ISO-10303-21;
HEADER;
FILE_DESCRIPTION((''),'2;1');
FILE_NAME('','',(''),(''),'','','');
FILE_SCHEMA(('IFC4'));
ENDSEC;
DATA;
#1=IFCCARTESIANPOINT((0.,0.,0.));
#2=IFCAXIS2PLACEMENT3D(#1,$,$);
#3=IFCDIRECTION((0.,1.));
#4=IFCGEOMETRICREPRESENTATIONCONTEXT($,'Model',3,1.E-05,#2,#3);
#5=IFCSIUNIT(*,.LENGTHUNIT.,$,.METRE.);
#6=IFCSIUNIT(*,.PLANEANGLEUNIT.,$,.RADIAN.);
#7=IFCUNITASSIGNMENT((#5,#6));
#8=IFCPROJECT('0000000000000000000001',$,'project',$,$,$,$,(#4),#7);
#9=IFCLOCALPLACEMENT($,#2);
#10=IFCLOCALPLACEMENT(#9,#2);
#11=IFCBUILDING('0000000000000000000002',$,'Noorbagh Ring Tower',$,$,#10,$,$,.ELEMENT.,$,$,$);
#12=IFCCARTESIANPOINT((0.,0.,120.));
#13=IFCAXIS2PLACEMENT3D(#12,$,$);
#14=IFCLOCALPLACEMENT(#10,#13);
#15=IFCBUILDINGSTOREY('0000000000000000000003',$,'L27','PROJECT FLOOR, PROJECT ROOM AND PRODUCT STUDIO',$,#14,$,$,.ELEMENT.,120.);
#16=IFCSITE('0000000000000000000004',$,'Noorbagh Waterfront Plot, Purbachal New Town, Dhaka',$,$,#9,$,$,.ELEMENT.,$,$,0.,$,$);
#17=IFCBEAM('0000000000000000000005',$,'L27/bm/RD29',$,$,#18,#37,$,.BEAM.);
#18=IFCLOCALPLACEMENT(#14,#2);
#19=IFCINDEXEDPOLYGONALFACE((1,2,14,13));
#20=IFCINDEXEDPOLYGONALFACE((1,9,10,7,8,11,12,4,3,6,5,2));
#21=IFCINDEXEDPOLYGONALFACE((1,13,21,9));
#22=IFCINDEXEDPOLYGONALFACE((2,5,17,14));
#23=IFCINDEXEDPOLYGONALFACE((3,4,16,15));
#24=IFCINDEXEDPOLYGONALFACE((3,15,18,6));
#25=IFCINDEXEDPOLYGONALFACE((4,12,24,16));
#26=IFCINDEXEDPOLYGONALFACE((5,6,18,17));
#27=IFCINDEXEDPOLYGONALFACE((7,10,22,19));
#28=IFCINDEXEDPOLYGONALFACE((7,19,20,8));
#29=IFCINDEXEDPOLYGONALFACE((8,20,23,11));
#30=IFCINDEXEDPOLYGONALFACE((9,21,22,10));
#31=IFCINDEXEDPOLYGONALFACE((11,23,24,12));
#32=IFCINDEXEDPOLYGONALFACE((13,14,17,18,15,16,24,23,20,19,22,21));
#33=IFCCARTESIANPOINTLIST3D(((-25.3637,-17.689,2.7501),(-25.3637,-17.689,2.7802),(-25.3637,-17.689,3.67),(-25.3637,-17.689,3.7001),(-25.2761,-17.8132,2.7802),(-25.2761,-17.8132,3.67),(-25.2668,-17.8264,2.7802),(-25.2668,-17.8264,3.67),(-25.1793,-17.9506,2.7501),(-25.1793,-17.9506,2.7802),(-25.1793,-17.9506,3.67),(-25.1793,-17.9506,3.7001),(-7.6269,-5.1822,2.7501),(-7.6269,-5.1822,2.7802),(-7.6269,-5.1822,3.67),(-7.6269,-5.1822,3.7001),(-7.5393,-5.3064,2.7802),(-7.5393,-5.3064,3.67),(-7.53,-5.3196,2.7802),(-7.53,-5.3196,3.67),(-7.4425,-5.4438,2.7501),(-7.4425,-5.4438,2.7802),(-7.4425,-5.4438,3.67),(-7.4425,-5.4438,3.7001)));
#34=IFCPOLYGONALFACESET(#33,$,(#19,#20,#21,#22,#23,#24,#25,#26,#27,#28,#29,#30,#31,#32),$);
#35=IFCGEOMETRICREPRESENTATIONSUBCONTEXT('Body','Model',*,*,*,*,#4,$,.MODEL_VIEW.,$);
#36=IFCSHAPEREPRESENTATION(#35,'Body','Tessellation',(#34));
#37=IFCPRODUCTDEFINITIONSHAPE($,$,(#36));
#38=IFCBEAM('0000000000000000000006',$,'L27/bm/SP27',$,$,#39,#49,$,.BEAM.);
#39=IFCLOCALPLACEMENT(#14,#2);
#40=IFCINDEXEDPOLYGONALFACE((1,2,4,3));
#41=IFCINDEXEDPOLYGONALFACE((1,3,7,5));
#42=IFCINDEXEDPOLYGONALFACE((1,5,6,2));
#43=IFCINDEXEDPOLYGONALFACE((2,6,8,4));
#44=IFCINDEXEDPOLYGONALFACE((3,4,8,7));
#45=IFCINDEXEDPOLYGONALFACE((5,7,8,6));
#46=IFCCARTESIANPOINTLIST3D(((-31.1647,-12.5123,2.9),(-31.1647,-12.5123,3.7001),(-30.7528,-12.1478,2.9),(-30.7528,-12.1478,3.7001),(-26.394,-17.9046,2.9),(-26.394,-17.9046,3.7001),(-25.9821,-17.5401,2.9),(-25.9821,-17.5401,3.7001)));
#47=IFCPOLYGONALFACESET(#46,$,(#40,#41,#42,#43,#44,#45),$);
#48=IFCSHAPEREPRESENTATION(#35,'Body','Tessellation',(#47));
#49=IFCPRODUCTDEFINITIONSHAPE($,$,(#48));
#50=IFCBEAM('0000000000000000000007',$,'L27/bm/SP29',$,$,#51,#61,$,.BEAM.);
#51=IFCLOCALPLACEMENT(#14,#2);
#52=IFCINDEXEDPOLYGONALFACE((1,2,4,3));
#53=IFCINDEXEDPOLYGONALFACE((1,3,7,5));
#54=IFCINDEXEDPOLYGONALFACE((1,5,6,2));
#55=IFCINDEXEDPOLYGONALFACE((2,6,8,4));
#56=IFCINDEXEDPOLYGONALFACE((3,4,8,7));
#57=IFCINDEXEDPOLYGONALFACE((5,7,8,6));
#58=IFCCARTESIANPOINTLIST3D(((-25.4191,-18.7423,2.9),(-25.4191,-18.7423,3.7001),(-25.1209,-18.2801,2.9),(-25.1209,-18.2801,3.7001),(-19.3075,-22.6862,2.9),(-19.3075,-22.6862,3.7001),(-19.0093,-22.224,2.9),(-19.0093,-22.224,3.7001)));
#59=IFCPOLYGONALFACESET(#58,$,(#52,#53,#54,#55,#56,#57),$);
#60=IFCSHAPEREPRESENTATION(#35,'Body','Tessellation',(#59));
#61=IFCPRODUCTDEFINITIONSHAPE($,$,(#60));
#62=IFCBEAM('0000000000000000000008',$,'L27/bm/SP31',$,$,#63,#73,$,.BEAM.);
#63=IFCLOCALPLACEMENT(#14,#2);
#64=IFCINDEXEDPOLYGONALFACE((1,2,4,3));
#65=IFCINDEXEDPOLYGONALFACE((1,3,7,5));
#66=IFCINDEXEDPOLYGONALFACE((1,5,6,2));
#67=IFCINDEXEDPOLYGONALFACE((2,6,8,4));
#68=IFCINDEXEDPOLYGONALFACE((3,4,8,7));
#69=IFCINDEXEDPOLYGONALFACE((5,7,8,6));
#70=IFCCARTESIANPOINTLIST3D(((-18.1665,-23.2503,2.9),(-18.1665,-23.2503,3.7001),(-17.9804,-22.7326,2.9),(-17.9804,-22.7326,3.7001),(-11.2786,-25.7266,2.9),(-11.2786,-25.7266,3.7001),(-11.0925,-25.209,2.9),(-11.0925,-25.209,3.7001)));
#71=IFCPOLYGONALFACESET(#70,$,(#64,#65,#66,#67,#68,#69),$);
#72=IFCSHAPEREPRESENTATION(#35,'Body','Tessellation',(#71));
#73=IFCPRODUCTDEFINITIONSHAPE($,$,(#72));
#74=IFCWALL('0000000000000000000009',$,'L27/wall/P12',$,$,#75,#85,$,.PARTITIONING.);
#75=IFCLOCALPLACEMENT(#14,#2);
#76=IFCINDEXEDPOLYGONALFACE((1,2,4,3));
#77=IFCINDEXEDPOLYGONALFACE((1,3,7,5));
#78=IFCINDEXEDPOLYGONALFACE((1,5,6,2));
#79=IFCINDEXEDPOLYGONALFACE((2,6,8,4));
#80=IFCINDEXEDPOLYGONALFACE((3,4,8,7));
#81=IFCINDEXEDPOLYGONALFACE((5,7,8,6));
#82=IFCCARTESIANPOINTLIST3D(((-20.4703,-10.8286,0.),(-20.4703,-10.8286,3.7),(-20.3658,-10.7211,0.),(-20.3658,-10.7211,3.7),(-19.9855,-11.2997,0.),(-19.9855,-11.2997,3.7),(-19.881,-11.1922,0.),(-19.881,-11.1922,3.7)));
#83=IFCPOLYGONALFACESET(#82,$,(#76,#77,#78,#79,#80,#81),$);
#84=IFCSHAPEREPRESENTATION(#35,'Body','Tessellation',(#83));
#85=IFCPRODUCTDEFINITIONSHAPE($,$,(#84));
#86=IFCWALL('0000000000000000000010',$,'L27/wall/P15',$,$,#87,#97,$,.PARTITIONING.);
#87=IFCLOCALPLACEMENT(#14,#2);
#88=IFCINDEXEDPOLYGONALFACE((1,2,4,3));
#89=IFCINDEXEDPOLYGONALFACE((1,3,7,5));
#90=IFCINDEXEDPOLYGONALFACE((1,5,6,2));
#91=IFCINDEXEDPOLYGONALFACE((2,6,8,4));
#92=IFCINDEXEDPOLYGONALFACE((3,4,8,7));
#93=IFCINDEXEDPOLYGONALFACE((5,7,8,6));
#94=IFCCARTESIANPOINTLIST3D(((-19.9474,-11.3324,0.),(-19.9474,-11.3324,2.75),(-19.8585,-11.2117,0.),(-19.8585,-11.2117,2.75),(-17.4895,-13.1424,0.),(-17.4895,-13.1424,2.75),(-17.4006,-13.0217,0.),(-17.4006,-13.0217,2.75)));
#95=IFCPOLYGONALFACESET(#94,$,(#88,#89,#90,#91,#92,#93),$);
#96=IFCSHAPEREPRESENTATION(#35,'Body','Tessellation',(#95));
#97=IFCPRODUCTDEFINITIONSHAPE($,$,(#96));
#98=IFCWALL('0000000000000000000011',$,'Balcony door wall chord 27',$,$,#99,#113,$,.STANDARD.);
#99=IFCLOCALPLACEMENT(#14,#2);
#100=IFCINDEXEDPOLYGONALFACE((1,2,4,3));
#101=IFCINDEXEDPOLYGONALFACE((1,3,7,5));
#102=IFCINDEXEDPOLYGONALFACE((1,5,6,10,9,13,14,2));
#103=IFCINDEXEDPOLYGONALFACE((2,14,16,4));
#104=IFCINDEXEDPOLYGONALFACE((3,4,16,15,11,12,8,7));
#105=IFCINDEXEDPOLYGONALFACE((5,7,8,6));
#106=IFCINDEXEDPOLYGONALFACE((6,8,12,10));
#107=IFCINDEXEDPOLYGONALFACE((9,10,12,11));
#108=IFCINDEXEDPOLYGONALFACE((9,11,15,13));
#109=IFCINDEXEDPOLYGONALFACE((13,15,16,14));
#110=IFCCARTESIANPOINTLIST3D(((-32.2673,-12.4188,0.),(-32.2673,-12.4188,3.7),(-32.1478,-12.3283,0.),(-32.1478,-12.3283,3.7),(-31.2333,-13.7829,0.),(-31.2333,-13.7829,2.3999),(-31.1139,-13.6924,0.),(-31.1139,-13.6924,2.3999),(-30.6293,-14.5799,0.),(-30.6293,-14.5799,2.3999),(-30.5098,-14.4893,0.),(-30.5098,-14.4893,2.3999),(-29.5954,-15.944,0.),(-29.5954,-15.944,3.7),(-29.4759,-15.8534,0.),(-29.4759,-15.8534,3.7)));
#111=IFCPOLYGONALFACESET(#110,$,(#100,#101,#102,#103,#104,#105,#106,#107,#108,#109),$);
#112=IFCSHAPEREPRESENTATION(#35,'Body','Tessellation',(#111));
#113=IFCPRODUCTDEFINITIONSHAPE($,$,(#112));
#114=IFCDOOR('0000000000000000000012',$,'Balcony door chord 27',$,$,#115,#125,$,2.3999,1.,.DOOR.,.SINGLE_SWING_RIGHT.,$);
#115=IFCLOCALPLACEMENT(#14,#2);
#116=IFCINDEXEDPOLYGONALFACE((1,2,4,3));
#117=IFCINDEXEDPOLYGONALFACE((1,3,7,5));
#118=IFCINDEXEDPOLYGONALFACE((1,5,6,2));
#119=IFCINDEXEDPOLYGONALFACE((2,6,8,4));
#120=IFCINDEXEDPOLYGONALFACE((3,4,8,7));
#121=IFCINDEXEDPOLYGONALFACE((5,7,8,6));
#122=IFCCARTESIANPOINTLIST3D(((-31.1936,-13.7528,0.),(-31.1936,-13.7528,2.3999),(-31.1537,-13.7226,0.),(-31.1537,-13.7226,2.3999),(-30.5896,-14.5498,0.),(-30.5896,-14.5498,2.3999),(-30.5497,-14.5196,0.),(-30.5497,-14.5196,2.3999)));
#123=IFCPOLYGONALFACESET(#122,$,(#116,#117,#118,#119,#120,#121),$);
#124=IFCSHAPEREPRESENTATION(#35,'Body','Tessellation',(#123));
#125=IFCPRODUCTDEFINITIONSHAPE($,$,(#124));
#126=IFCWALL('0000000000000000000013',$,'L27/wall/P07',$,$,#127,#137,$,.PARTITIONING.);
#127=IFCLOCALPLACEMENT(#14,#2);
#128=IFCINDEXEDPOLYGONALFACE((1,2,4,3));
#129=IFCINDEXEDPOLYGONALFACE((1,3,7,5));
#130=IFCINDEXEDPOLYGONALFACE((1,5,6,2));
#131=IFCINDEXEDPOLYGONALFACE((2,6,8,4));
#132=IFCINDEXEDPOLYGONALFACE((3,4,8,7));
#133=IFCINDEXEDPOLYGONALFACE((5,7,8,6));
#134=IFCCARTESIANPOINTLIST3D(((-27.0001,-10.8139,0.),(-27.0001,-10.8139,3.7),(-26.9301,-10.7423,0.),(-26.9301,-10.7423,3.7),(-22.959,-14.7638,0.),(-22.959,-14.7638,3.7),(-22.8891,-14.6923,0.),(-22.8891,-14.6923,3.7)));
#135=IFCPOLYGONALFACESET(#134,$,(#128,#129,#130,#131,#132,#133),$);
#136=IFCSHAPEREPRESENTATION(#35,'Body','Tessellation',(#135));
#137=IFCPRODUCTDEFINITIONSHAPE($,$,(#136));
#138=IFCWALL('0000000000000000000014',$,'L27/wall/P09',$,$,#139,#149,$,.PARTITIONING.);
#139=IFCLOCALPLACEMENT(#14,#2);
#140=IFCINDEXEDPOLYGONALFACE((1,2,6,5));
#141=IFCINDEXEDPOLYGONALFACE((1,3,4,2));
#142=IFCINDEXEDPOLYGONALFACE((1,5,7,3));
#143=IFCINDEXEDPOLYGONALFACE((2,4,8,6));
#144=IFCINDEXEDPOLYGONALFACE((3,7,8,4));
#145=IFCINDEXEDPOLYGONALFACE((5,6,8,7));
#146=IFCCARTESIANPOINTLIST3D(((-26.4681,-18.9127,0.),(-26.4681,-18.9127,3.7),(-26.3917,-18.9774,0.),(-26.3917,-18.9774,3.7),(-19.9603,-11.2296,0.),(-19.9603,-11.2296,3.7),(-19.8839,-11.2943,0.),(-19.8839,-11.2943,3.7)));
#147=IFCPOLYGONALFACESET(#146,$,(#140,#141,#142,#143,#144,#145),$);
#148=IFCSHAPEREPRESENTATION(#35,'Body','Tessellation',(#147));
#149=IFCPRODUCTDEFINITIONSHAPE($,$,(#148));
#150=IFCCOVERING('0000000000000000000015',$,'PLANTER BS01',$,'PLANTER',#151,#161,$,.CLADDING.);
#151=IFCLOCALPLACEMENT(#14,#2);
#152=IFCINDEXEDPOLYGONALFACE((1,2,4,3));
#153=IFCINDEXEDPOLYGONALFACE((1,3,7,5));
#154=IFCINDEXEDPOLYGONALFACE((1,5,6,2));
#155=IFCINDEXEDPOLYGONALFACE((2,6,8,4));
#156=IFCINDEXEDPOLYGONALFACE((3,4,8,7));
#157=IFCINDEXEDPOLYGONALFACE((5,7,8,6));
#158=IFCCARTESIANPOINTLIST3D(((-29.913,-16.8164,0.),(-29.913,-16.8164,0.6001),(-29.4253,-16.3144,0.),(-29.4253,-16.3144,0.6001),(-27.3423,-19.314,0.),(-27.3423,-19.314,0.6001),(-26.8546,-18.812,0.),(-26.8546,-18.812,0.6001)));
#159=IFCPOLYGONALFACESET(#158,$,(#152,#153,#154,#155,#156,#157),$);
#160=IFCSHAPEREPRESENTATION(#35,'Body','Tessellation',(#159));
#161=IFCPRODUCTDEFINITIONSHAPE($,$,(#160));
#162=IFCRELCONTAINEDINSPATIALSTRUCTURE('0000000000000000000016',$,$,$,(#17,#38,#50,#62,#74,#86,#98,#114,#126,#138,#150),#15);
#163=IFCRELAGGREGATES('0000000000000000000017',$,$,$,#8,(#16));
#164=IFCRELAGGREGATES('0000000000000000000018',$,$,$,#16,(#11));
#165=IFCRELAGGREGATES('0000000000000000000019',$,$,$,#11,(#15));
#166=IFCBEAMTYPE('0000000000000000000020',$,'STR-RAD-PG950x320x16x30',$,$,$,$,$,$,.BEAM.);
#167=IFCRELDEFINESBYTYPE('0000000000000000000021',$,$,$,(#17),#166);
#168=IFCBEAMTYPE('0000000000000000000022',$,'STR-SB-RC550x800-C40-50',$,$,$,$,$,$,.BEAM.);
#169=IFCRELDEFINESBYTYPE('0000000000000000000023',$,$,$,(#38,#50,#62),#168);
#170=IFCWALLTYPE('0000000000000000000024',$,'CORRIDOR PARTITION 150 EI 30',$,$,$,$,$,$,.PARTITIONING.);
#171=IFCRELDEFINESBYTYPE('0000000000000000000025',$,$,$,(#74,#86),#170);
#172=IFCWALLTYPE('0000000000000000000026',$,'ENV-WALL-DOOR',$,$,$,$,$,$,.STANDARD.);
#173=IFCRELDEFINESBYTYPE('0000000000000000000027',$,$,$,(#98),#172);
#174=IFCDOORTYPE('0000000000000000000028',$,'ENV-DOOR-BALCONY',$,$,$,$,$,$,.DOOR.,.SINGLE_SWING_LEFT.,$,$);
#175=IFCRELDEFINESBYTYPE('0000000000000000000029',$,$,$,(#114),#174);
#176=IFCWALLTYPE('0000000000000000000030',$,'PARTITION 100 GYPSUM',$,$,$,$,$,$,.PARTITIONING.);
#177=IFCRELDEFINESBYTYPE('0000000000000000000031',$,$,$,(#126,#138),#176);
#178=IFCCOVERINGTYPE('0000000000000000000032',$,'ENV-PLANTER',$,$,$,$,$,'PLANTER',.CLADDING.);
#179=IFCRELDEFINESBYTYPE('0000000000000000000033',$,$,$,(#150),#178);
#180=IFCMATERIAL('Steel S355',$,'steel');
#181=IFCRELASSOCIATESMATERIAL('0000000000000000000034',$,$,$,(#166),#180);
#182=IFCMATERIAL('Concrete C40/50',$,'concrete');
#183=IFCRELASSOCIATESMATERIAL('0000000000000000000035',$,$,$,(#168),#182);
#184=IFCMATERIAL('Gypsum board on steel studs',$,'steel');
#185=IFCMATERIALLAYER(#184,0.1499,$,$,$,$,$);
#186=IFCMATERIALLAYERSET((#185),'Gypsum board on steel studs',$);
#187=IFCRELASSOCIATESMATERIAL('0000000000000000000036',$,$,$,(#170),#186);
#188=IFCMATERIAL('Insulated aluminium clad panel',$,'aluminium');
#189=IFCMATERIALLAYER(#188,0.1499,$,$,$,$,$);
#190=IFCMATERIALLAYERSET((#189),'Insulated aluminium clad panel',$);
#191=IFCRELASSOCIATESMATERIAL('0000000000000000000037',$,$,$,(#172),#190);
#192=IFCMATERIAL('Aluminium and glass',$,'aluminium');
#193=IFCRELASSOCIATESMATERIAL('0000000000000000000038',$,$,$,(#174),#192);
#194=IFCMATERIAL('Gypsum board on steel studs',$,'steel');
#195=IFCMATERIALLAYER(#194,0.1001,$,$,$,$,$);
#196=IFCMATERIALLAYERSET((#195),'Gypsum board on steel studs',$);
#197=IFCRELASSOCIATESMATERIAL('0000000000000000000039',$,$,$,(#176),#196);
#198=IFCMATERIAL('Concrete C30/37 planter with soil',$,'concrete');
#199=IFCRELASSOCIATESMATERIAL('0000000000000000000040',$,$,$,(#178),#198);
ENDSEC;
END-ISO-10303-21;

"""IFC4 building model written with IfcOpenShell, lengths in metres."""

from ifc_helpers import new_model, si_unit, direction, frame, frame_2d, origin, origin_2d, place, context, subcontext, project, spatial, rectangle, i_section, extrude, material, layer, layer_set, material_profile, profile_set, type_object, element, fill, save


model = new_model("IFC4")

# Units and contexts
model_context = context("Model", 3, precision=1e-05, world=origin(), true_north=direction((0.0, 1.0)))
body_context = subcontext(model_context, "Body", "Model", "MODEL_VIEW")
ifc_project = project(units=[si_unit("LENGTHUNIT", "METRE"), si_unit("PLANEANGLEUNIT", "RADIAN")], contexts=[model_context])

# Site, building, storey
site_placement = place(None, origin())
site = spatial("IfcSite", under=ifc_project, at=site_placement, Name="Noorbagh Waterfront Plot, Purbachal New Town, Dhaka", CompositionType="ELEMENT", RefElevation=0.0)
building_placement = place(site_placement, origin())
building = spatial("IfcBuilding", under=site, at=building_placement, Name="Noorbagh Ring Tower", CompositionType="ELEMENT")
storey_placement = place(building_placement, frame((0.0, 0.0, 120.0)))
storey = spatial("IfcBuildingStorey", under=building, at=storey_placement, Name="L27", Description="PROJECT FLOOR, PROJECT ROOM AND PRODUCT STUDIO", CompositionType="ELEMENT", Elevation=120.0)

# Beams
ifc_material_1 = material(Name="Steel S355", Category="steel")
ifc_material_profile_1 = material_profile(ifc_material_1, i_section(OverallWidth=0.3201, OverallDepth=0.95, WebThickness=0.0161, FlangeThickness=0.03, at=origin_2d()), Name="PG950x320x16x30")
ifc_profile_set_1 = profile_set([ifc_material_profile_1], Name="Steel S355")
beam_type_1 = type_object("IfcBeamType", Name="STR-RAD-PG950x320x16x30", PredefinedType="BEAM", material=ifc_profile_set_1)
beam_1_placement = place(storey_placement, frame((-25.2715, -17.8198, 3.2251), z_axis=(0.817256, 0.576275, 0.0), x_axis=(-0.576275, 0.817256, 0.0)))
element("IfcBeam", 1, at=beam_1_placement, inside=storey, type_object=beam_type_1, Name="L27/bm/RD29", PredefinedType="BEAM", context=body_context, shape_type="SweptSolid", body=[
    extrude(i_section(OverallWidth=0.3201, OverallDepth=0.95, WebThickness=0.0161, FlangeThickness=0.03, at=origin_2d()), origin(), (0.0, 0.0, 1.0), 21.7029),
])
ifc_material_2 = material(Name="Concrete C40/50", Category="concrete")
ifc_material_profile_2 = material_profile(ifc_material_2, rectangle(XDim=0.55, YDim=0.8, at=origin_2d()), Name="RC550x800")
ifc_profile_set_2 = profile_set([ifc_material_profile_2], Name="Concrete C40/50")
beam_type_2 = type_object("IfcBeamType", Name="STR-SB-RC550x800-C40-50", PredefinedType="BEAM", material=ifc_profile_set_2)
beam_2_placement = place(storey_placement, frame((-30.9587, -12.3301, 3.3), z_axis=(0.662621, -0.748954, 0.0), x_axis=(0.748954, 0.662621, 0.0)))
element("IfcBeam", 2, at=beam_2_placement, inside=storey, type_object=beam_type_2, Name="L27/bm/SP27", PredefinedType="BEAM", context=body_context, shape_type="SweptSolid", body=[
    extrude(rectangle(XDim=0.55, YDim=0.8, at=origin_2d()), origin(), (0.0, 0.0, 1.0), 7.1997),
])
beam_3_placement = place(storey_placement, frame((-25.27, -18.5112, 3.3), z_axis=(0.84024, -0.542214, 0.0), x_axis=(0.542214, 0.84024, 0.0)))
element("IfcBeam", 3, at=beam_3_placement, inside=storey, type_object=beam_type_2, Name="L27/bm/SP29", PredefinedType="BEAM", context=body_context, shape_type="SweptSolid", body=[
    extrude(rectangle(XDim=0.55, YDim=0.8, at=origin_2d()), origin(), (0.0, 0.0, 1.0), 7.2737),
])
beam_4_placement = place(storey_placement, frame((-18.0735, -22.9915, 3.3), z_axis=(0.941033, -0.338315, 0.0), x_axis=(0.338315, 0.941033, 0.0)))
element("IfcBeam", 4, at=beam_4_placement, inside=storey, type_object=beam_type_2, Name="L27/bm/SP31", PredefinedType="BEAM", context=body_context, shape_type="SweptSolid", body=[
    extrude(rectangle(XDim=0.55, YDim=0.8, at=origin_2d()), origin(), (0.0, 0.0, 1.0), 7.3196),
])

# Walls
ifc_material_3 = material(Name="Gypsum board on steel studs", Category="steel")
ifc_layer_1 = layer(ifc_material_3, 0.1499)
ifc_layer_set_1 = layer_set([ifc_layer_1], Name="Gypsum board on steel studs")
wall_type_1 = type_object("IfcWallType", Name="CORRIDOR PARTITION 150 EI 30", PredefinedType="PARTITIONING", material=ifc_layer_set_1)
wall_1_placement = place(storey_placement, frame((-20.418, -10.7749, 0.0), z_axis=(0.0, 0.0, 1.0), x_axis=(0.717145, -0.696924, 0.0)))
element("IfcWall", 5, at=wall_1_placement, inside=storey, type_object=wall_type_1, Name="L27/wall/P12", PredefinedType="PARTITIONING", context=body_context, shape_type="SweptSolid", body=[
    extrude(rectangle(XDim=0.676, YDim=0.1499, at=frame_2d((0.3379, 0.0))), origin(), (0.0, 0.0, 1.0), 3.7),
])
wall_2_placement = place(storey_placement, frame((-19.9031, -11.272, 0.0), z_axis=(0.0, 0.0, 1.0), x_axis=(0.805229, -0.592964, 0.0)))
element("IfcWall", 6, at=wall_2_placement, inside=storey, type_object=wall_type_1, Name="L27/wall/P15", PredefinedType="PARTITIONING", context=body_context, shape_type="SweptSolid", body=[
    extrude(rectangle(XDim=3.0525, YDim=0.1499, at=frame_2d((1.5264, 0.0))), origin(), (0.0, 0.0, 1.0), 2.75),
])

# Wall, opening, door
ifc_material_4 = material(Name="Insulated aluminium clad panel", Category="aluminium")
ifc_layer_2 = layer(ifc_material_4, 0.1499)
ifc_layer_set_2 = layer_set([ifc_layer_2], Name="Insulated aluminium clad panel")
wall_type_2 = type_object("IfcWallType", Name="ENV-WALL-DOOR", PredefinedType="STANDARD", material=ifc_layer_set_2)
wall_3_placement = place(storey_placement, frame((-32.2075, -12.3735, 0.0), z_axis=(0.0, 0.0, 1.0), x_axis=(0.604046, -0.79695, 0.0)))
wall_3 = element("IfcWall", 7, at=wall_3_placement, inside=storey, type_object=wall_type_2, Name="Balcony door wall chord 27", PredefinedType="STANDARD", context=body_context, shape_type="SweptSolid", body=[
    extrude(rectangle(XDim=4.4233, YDim=0.1499, at=frame_2d((2.2117, 0.0))), origin(), (0.0, 0.0, 1.0), 3.7),
])
opening_placement = place(wall_3_placement, frame((1.7117, 0.0, 0.0)))
opening = element("IfcOpeningElement", 8, at=opening_placement, cuts=wall_3, PredefinedType="OPENING", context=body_context, shape_type="SweptSolid", body=[
    extrude(rectangle(XDim=1.0, YDim=2.3999, at=frame_2d((0.5, 1.2))), frame((0.0, 0.085, 0.0), z_axis=(0.0, -1.0, 0.0), x_axis=(1.0, 0.0, 0.0)), (0.0, 0.0, 1.0), 0.1699),
])
ifc_material_5 = material(Name="Aluminium and glass", Category="aluminium")
door_type = type_object("IfcDoorType", Name="ENV-DOOR-BALCONY", OperationType="SINGLE_SWING_LEFT", PredefinedType="DOOR", material=ifc_material_5)
door_placement = place(opening_placement, origin())
door = element("IfcDoor", 9, at=door_placement, inside=storey, type_object=door_type, Name="Balcony door chord 27", OperationType="SINGLE_SWING_RIGHT", OverallHeight=2.3999, OverallWidth=1.0, PredefinedType="DOOR", context=body_context, shape_type="SweptSolid", body=[
    extrude(rectangle(XDim=1.0, YDim=2.3999, at=frame_2d((0.5, 1.2))), frame((0.0, 0.0249, 0.0), z_axis=(0.0, -1.0, 0.0), x_axis=(1.0, 0.0, 0.0)), (0.0, 0.0, 1.0), 0.05),
])
fill(opening, door)

# Walls
ifc_material_6 = material(Name="Gypsum board on steel studs", Category="steel")
ifc_layer_3 = layer(ifc_material_6, 0.1001)
ifc_layer_set_3 = layer_set([ifc_layer_3], Name="Gypsum board on steel studs")
wall_type_3 = type_object("IfcWallType", Name="PARTITION 100 GYPSUM", PredefinedType="PARTITIONING", material=ifc_layer_set_3)
wall_4_placement = place(storey_placement, frame((-26.9651, -10.7781, 0.0), z_axis=(0.0, 0.0, 1.0), x_axis=(0.715118, -0.699003, 0.0)))
element("IfcWall", 10, at=wall_4_placement, inside=storey, type_object=wall_type_3, Name="L27/wall/P07", PredefinedType="PARTITIONING", context=body_context, shape_type="SweptSolid", body=[
    extrude(rectangle(XDim=5.6509, YDim=0.1001, at=frame_2d((2.8254, 0.0))), origin(), (0.0, 0.0, 1.0), 3.7),
])
wall_5_placement = place(storey_placement, frame((-26.4299, -18.9451, 0.0), z_axis=(0.0, 0.0, 1.0), x_axis=(0.646331, 0.763057, 0.0)))
element("IfcWall", 11, at=wall_5_placement, inside=storey, type_object=wall_type_3, Name="L27/wall/P09", PredefinedType="PARTITIONING", context=body_context, shape_type="SweptSolid", body=[
    extrude(rectangle(XDim=10.0688, YDim=0.1001, at=frame_2d((5.0344, 0.0))), origin(), (0.0, 0.0, 1.0), 3.7),
])

# Covering
ifc_material_7 = material(Name="Concrete C30/37 planter with soil", Category="concrete")
covering_type = type_object("IfcCoveringType", Name="ENV-PLANTER", ElementType="PLANTER", PredefinedType="CLADDING", material=ifc_material_7)
covering_placement = place(storey_placement, frame((-28.3838, -17.8142, 0.0), z_axis=(0.0, 0.0, 1.0), x_axis=(0.717225, -0.696842, 0.0)))
element("IfcCovering", 12, at=covering_placement, inside=storey, type_object=covering_type, Name="PLANTER BS01", ObjectType="PLANTER", PredefinedType="CLADDING", context=body_context, shape_type="SweptSolid", body=[
    extrude(rectangle(XDim=3.5842, YDim=0.7, at=origin_2d()), origin(), (0.0, 0.0, 1.0), 0.6001),
])

save(model, "model.ifc")
